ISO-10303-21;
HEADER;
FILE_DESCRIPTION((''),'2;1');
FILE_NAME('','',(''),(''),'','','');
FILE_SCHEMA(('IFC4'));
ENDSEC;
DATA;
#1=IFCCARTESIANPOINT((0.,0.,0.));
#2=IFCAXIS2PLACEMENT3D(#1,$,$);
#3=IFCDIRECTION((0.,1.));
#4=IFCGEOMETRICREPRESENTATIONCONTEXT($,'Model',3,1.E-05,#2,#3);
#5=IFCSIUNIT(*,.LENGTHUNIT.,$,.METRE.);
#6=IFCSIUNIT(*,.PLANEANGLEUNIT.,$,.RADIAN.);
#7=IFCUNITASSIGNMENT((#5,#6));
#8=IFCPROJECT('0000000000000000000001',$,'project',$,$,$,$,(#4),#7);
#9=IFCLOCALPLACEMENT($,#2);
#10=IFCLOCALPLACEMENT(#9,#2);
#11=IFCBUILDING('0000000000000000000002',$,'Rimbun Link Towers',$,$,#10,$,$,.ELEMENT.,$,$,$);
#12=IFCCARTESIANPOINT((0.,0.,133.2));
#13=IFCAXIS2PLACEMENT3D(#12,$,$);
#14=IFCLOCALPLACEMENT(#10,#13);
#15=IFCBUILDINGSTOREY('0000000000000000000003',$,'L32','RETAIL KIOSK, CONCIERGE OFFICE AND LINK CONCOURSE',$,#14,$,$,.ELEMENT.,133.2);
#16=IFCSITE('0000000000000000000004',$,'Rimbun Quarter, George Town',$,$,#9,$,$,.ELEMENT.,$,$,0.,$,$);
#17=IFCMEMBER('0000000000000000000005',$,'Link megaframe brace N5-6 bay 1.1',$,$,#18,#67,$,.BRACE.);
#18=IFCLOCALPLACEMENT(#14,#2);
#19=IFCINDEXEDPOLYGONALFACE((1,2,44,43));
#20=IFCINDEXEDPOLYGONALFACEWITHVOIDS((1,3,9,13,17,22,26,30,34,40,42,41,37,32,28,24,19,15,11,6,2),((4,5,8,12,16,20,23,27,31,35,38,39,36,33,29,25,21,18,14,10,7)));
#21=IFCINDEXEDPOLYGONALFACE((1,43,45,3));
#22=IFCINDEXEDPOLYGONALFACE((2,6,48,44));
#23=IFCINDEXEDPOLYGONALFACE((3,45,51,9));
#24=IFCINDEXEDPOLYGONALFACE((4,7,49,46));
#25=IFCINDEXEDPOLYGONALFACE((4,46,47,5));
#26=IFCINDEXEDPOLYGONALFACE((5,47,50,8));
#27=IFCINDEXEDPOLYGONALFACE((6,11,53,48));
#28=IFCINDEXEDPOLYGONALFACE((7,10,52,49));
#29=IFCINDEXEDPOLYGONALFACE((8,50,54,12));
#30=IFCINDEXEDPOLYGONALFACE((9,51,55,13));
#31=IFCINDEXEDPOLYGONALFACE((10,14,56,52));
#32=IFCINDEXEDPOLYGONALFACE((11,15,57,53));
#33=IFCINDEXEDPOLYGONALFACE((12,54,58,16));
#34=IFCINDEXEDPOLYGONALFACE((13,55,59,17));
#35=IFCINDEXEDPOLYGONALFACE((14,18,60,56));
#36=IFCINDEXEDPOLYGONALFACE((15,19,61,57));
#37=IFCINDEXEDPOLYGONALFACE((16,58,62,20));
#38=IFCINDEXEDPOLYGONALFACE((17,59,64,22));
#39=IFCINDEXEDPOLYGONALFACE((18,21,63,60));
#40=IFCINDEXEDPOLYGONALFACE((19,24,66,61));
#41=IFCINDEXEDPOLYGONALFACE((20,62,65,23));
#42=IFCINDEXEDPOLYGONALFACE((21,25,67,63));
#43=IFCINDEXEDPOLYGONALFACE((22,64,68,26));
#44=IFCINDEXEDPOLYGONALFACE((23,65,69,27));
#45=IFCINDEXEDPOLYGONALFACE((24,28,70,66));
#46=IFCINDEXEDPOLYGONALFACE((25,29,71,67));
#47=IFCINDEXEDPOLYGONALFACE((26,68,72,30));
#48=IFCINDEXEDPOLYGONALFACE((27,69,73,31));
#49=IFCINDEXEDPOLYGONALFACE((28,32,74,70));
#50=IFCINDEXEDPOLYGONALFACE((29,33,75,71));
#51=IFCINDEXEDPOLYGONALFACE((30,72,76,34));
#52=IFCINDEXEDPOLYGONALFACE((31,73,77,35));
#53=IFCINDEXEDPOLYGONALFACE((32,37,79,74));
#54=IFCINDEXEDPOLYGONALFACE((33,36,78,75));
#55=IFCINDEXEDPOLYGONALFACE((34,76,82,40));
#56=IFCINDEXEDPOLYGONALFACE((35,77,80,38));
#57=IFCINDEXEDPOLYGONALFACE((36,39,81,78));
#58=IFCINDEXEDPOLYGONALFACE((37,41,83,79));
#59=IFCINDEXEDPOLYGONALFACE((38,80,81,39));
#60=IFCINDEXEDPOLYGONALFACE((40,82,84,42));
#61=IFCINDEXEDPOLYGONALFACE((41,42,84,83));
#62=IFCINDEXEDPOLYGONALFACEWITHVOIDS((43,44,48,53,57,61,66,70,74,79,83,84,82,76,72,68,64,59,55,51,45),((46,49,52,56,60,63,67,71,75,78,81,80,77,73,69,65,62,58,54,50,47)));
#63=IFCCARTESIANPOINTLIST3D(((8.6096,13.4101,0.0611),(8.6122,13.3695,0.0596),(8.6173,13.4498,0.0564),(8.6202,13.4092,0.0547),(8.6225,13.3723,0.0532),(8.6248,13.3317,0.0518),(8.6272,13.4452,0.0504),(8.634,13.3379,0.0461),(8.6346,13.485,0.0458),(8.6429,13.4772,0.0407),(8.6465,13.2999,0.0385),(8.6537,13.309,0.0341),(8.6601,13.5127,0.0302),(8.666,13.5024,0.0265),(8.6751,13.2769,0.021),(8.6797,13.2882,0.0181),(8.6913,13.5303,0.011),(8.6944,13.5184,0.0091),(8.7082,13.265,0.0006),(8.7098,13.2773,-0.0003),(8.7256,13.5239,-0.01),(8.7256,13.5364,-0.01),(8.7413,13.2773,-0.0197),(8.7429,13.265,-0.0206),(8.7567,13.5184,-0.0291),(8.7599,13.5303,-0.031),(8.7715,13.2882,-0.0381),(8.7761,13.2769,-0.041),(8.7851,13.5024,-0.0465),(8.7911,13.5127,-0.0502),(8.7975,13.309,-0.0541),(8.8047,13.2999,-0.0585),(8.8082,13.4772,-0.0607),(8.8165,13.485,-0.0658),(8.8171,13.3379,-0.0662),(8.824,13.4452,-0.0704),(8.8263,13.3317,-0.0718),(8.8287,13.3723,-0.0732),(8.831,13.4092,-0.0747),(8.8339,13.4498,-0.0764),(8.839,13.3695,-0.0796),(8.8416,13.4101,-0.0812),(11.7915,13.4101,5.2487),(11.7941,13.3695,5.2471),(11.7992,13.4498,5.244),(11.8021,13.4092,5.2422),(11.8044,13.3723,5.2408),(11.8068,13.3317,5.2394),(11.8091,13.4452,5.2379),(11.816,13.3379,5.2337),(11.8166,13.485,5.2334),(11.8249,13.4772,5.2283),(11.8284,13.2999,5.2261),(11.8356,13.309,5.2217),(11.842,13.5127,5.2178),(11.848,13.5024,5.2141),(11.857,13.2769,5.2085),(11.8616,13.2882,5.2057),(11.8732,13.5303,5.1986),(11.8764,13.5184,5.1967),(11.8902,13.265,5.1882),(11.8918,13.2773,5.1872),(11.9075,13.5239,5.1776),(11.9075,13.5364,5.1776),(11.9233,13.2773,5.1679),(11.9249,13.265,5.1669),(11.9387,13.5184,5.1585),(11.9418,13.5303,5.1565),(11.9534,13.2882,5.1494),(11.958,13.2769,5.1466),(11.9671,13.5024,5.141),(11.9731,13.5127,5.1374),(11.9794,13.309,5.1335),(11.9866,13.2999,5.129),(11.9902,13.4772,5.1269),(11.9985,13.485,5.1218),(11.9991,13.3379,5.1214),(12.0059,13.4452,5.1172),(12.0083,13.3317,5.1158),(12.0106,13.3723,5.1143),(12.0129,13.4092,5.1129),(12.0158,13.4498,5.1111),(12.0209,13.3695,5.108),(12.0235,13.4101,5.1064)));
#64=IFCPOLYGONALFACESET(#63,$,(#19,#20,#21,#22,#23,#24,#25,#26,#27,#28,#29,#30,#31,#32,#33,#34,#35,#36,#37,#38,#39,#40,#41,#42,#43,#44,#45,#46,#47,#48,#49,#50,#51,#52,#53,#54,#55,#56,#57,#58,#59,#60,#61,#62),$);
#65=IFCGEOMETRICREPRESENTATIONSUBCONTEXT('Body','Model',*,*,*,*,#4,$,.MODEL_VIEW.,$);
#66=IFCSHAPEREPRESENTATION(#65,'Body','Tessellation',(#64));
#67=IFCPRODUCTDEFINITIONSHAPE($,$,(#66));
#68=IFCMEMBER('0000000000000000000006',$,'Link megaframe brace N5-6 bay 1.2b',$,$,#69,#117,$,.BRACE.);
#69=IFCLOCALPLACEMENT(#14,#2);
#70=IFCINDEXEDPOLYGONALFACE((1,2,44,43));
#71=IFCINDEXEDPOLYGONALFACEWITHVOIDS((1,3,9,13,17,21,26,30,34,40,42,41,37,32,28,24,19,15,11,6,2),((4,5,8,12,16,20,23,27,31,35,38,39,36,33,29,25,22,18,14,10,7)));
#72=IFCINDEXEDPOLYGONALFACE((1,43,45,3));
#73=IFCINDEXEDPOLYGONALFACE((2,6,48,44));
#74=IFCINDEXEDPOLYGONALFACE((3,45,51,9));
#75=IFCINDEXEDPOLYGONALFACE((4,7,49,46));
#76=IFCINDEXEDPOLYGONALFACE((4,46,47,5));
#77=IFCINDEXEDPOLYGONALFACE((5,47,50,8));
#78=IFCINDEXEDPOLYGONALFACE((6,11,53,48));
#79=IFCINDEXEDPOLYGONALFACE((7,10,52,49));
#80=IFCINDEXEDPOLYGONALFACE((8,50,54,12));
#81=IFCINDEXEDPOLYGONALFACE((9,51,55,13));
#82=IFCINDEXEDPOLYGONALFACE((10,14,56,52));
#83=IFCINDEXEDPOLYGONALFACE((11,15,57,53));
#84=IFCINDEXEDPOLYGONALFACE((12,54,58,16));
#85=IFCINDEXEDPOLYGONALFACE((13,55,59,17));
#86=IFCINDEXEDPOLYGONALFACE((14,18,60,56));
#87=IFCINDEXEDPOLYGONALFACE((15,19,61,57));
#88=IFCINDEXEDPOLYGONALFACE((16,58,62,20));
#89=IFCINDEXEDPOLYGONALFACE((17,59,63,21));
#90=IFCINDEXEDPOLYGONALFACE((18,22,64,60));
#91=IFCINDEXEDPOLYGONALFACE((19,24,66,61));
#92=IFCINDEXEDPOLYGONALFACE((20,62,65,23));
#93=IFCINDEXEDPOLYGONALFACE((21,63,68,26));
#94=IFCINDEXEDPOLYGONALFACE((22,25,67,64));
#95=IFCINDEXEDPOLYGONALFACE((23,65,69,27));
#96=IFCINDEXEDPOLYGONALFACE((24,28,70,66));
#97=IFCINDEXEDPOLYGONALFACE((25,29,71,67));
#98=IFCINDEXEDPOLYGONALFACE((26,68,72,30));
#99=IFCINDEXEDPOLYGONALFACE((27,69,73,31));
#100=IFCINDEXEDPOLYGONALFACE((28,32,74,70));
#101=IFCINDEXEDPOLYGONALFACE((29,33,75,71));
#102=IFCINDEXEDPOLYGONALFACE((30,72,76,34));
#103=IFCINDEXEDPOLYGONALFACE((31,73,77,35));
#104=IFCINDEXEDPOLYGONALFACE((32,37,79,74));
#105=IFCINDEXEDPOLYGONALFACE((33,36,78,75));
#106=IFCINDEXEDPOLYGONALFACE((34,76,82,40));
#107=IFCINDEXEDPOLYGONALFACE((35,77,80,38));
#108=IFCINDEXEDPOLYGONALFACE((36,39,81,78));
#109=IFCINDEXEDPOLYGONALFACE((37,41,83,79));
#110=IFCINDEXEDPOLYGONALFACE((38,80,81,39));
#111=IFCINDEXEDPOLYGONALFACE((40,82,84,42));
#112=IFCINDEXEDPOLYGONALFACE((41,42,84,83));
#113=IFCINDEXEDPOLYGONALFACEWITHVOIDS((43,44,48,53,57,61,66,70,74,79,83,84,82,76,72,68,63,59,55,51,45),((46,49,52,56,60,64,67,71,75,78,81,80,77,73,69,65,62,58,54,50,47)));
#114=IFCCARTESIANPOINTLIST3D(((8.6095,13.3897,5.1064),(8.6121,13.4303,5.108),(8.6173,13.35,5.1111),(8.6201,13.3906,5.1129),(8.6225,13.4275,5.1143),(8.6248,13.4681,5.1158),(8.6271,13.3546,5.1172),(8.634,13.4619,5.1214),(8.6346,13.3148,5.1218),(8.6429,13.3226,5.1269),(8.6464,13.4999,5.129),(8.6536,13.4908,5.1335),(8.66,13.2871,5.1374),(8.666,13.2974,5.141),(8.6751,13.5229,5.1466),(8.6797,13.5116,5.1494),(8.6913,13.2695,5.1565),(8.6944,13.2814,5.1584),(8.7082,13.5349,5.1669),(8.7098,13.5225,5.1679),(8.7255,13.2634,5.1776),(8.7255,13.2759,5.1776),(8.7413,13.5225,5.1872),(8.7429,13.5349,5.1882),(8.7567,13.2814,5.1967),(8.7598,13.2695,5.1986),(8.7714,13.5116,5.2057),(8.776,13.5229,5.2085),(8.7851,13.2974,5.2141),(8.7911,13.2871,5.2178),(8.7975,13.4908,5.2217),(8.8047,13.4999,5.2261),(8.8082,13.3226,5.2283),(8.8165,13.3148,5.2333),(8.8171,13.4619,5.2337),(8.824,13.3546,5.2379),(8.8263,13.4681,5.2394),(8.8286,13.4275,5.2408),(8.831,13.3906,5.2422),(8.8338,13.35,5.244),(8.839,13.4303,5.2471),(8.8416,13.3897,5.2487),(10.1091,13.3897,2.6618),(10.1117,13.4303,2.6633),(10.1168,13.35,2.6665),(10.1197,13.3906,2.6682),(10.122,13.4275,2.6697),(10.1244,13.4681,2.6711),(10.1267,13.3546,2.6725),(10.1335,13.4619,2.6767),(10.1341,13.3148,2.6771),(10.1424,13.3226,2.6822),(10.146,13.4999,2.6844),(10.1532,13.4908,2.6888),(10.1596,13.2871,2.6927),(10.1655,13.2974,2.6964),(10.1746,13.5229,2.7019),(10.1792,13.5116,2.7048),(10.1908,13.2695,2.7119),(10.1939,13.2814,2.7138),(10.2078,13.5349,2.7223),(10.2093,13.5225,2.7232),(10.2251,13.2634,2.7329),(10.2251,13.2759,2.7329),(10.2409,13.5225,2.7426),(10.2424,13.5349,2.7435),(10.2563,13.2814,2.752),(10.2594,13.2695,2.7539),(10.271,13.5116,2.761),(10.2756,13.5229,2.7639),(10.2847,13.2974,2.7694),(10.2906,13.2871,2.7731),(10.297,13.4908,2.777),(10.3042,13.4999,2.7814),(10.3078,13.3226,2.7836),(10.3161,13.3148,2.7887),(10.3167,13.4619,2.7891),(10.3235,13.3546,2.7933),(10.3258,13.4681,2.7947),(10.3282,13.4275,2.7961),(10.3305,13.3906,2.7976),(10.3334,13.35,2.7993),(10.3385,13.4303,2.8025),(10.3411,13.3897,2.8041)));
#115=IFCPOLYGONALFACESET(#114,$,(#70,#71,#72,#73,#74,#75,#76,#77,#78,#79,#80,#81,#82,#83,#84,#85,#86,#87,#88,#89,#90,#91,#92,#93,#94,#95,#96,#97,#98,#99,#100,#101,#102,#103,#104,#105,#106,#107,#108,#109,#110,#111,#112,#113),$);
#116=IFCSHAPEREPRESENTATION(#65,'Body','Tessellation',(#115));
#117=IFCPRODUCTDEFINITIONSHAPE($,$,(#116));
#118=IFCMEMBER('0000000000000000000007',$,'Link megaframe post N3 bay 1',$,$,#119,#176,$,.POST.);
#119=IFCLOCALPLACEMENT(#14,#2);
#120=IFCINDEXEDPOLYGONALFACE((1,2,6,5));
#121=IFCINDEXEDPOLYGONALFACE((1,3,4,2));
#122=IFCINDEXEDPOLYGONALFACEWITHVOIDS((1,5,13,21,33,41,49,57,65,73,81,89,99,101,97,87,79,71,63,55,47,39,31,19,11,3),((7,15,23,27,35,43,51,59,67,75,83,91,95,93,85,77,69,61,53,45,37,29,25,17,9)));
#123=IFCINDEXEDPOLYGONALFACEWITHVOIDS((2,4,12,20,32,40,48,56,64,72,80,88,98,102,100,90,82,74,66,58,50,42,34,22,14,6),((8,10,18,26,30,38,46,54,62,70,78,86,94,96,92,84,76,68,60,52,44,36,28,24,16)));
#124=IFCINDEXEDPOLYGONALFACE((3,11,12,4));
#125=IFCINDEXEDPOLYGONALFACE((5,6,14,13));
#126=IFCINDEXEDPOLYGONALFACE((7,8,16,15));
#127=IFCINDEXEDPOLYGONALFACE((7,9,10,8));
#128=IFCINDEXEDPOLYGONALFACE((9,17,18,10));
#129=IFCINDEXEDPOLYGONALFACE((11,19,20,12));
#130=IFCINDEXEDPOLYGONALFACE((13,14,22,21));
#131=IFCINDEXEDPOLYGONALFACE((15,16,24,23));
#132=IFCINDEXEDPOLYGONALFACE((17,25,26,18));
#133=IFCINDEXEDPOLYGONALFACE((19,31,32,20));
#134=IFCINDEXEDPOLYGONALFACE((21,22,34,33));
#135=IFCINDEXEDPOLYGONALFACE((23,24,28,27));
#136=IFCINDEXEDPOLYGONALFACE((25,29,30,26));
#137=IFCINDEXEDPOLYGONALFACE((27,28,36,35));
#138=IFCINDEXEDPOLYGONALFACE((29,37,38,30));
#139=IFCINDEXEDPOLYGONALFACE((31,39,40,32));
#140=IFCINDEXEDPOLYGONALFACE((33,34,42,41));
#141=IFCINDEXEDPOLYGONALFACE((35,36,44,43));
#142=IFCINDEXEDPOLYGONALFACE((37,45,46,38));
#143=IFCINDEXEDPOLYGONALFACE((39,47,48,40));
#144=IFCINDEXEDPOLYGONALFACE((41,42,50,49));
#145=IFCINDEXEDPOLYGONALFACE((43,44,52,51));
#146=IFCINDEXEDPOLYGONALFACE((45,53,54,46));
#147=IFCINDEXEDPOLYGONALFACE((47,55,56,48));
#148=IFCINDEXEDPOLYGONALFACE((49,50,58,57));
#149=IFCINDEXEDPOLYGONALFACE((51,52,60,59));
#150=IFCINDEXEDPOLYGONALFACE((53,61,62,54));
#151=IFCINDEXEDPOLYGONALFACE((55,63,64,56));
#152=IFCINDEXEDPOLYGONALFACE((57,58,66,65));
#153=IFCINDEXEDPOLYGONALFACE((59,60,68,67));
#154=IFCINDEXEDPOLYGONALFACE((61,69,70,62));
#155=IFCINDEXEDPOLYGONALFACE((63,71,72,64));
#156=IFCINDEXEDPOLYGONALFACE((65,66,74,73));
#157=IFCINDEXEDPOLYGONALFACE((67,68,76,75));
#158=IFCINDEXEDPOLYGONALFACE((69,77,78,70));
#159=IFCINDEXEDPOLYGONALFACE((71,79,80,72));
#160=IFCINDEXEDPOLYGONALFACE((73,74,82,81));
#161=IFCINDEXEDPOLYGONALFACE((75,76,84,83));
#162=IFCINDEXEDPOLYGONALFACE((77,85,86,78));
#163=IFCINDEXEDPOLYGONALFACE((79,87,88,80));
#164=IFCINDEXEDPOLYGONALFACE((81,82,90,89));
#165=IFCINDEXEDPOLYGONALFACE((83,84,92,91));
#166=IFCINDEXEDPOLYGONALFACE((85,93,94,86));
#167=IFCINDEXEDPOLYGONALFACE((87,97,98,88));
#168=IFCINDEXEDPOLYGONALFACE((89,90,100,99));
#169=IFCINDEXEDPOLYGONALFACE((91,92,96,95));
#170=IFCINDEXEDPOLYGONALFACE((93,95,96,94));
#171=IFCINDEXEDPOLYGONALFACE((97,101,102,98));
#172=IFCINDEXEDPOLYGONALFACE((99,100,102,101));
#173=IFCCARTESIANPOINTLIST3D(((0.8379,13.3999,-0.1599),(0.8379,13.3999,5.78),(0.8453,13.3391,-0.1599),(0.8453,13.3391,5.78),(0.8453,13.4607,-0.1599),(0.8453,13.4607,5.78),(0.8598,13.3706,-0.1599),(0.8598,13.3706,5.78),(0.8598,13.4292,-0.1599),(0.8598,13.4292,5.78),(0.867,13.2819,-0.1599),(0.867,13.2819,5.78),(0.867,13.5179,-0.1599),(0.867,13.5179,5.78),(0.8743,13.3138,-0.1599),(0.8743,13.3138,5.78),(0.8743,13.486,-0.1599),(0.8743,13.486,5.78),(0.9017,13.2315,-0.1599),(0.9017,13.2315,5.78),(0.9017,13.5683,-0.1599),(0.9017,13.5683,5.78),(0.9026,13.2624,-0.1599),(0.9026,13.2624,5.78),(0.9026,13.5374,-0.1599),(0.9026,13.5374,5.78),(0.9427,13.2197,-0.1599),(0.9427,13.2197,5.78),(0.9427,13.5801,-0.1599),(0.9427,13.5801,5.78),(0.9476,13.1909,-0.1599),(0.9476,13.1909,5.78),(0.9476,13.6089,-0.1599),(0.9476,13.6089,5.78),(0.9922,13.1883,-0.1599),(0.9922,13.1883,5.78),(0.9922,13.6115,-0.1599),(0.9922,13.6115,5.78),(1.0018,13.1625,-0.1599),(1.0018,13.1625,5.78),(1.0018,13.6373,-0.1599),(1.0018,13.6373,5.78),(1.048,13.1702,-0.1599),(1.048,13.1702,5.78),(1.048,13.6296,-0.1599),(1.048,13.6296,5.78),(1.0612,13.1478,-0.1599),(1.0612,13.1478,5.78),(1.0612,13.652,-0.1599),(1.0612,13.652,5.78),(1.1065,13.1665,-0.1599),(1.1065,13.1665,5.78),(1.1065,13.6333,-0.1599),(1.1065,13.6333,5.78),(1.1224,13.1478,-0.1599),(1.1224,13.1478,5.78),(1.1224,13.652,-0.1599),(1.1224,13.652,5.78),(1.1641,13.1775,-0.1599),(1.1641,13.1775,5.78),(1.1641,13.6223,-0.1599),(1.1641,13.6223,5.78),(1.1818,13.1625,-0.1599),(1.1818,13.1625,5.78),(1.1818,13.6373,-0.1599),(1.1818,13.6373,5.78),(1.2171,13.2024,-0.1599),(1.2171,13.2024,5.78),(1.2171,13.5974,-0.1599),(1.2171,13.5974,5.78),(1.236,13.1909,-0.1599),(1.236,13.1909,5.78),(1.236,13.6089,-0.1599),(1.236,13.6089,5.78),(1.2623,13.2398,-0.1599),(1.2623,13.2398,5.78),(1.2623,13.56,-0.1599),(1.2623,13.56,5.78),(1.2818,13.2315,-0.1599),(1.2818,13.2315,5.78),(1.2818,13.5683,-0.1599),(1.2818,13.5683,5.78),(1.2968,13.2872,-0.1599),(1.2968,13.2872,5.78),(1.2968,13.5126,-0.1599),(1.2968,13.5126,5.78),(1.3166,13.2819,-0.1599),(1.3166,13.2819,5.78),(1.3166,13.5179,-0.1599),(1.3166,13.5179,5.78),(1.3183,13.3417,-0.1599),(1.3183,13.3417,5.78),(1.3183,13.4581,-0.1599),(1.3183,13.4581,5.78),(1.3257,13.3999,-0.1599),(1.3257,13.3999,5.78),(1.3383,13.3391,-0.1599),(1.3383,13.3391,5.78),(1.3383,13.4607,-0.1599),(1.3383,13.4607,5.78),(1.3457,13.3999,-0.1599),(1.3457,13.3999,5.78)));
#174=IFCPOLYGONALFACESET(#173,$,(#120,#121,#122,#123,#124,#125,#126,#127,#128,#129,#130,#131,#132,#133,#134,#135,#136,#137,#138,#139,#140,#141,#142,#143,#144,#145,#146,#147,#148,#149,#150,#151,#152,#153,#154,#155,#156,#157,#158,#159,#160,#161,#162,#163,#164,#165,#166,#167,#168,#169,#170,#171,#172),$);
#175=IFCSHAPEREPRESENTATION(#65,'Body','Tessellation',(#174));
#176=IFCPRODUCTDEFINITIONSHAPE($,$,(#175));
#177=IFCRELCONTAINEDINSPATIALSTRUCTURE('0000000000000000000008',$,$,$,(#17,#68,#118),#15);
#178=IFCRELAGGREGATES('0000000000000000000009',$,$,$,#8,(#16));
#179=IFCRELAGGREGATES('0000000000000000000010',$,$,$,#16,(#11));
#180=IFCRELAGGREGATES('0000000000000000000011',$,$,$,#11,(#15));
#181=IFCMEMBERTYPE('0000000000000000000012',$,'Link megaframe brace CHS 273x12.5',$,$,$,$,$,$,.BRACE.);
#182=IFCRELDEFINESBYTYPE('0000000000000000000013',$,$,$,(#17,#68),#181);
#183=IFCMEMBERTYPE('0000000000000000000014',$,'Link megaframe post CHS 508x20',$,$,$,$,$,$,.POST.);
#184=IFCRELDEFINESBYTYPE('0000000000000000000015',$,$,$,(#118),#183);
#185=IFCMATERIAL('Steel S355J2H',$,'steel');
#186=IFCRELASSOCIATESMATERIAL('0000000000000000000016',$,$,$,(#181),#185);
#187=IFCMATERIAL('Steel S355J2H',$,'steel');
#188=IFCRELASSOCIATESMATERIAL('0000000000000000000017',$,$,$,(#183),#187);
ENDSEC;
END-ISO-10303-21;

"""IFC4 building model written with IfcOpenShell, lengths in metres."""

from ifc_helpers import new_model, si_unit, direction, frame, origin, origin_2d, place, context, subcontext, project, spatial, hollow_circle, extrude, material, material_profile, profile_set, type_object, element, save


model = new_model("IFC4")

# Units and contexts
model_context = context("Model", 3, precision=1e-05, world=origin(), true_north=direction((0.0, 1.0)))
body_context = subcontext(model_context, "Body", "Model", "MODEL_VIEW")
ifc_project = project(units=[si_unit("LENGTHUNIT", "METRE"), si_unit("PLANEANGLEUNIT", "RADIAN")], contexts=[model_context])

# Site, building, storey
site_placement = place(None, origin())
site = spatial("IfcSite", under=ifc_project, at=site_placement, Name="Rimbun Quarter, George Town", CompositionType="ELEMENT", RefElevation=0.0)
building_placement = place(site_placement, origin())
building = spatial("IfcBuilding", under=site, at=building_placement, Name="Rimbun Link Towers", CompositionType="ELEMENT")
storey_placement = place(building_placement, frame((0.0, 0.0, 133.2)))
storey = spatial("IfcBuildingStorey", under=building, at=storey_placement, Name="L32", Description="RETAIL KIOSK, CONCIERGE OFFICE AND LINK CONCOURSE", CompositionType="ELEMENT", Elevation=133.2)

# Members
ifc_material_1 = material(Name="Steel S355J2H", Category="steel")
ifc_material_profile_1 = material_profile(ifc_material_1, hollow_circle(Radius=0.1365, WallThickness=0.0125, at=origin_2d()), Name="CHS 273x12.5")
ifc_profile_set_1 = profile_set([ifc_material_profile_1], Name="Steel S355J2H")
member_type_1 = type_object("IfcMemberType", Name="Link megaframe brace CHS 273x12.5", PredefinedType="BRACE", material=ifc_profile_set_1)
member_1_placement = place(storey_placement, frame((8.7256, 13.3999, -0.01), z_axis=(0.522855, 0.0, 0.852422), x_axis=(0.0, 1.0, 0.0)))
element("IfcMember", 1, at=member_1_placement, inside=storey, type_object=member_type_1, Name="Link megaframe brace N5-6 bay 1.1", PredefinedType="BRACE", context=body_context, shape_type="SweptSolid", body=[
    extrude(hollow_circle(Radius=0.1365, WallThickness=0.0125, at=origin_2d()), origin(), (0.0, 0.0, 1.0), 6.0857),
])
member_2_placement = place(storey_placement, frame((10.2251, 13.3999, 2.7329), z_axis=(-0.522871, 0.0, 0.852412), x_axis=(0.0, -1.0, 0.0)))
element("IfcMember", 2, at=member_2_placement, inside=storey, type_object=member_type_1, Name="Link megaframe brace N5-6 bay 1.2b", PredefinedType="BRACE", context=body_context, shape_type="SweptSolid", body=[
    extrude(hollow_circle(Radius=0.1365, WallThickness=0.0125, at=origin_2d()), origin(), (0.0, 0.0, 1.0), 2.8679),
])
ifc_material_2 = material(Name="Steel S355J2H", Category="steel")
ifc_material_profile_2 = material_profile(ifc_material_2, hollow_circle(Radius=0.2539, WallThickness=0.02, at=origin_2d()), Name="CHS 508x20")
ifc_profile_set_2 = profile_set([ifc_material_profile_2], Name="Steel S355J2H")
member_type_2 = type_object("IfcMemberType", Name="Link megaframe post CHS 508x20", PredefinedType="POST", material=ifc_profile_set_2)
for number, where, z_axis, x_axis, name in (
    (3, (1.0918, 13.3999, -0.1599), (0.0, 0.0, 1.0), (1.0, 0.0, 0.0), "Link megaframe post N3 bay 1"),
):
    element("IfcMember", number, at=place(storey_placement, frame(where, z_axis=z_axis, x_axis=x_axis)), inside=storey, type_object=member_type_2, Name=name, PredefinedType="POST", context=body_context, shape_type="SweptSolid", body=[
        extrude(hollow_circle(Radius=0.2539, WallThickness=0.02, at=origin_2d()), origin(), (0.0, 0.0, 1.0), 5.9399),
    ])

save(model, "model.ifc")
